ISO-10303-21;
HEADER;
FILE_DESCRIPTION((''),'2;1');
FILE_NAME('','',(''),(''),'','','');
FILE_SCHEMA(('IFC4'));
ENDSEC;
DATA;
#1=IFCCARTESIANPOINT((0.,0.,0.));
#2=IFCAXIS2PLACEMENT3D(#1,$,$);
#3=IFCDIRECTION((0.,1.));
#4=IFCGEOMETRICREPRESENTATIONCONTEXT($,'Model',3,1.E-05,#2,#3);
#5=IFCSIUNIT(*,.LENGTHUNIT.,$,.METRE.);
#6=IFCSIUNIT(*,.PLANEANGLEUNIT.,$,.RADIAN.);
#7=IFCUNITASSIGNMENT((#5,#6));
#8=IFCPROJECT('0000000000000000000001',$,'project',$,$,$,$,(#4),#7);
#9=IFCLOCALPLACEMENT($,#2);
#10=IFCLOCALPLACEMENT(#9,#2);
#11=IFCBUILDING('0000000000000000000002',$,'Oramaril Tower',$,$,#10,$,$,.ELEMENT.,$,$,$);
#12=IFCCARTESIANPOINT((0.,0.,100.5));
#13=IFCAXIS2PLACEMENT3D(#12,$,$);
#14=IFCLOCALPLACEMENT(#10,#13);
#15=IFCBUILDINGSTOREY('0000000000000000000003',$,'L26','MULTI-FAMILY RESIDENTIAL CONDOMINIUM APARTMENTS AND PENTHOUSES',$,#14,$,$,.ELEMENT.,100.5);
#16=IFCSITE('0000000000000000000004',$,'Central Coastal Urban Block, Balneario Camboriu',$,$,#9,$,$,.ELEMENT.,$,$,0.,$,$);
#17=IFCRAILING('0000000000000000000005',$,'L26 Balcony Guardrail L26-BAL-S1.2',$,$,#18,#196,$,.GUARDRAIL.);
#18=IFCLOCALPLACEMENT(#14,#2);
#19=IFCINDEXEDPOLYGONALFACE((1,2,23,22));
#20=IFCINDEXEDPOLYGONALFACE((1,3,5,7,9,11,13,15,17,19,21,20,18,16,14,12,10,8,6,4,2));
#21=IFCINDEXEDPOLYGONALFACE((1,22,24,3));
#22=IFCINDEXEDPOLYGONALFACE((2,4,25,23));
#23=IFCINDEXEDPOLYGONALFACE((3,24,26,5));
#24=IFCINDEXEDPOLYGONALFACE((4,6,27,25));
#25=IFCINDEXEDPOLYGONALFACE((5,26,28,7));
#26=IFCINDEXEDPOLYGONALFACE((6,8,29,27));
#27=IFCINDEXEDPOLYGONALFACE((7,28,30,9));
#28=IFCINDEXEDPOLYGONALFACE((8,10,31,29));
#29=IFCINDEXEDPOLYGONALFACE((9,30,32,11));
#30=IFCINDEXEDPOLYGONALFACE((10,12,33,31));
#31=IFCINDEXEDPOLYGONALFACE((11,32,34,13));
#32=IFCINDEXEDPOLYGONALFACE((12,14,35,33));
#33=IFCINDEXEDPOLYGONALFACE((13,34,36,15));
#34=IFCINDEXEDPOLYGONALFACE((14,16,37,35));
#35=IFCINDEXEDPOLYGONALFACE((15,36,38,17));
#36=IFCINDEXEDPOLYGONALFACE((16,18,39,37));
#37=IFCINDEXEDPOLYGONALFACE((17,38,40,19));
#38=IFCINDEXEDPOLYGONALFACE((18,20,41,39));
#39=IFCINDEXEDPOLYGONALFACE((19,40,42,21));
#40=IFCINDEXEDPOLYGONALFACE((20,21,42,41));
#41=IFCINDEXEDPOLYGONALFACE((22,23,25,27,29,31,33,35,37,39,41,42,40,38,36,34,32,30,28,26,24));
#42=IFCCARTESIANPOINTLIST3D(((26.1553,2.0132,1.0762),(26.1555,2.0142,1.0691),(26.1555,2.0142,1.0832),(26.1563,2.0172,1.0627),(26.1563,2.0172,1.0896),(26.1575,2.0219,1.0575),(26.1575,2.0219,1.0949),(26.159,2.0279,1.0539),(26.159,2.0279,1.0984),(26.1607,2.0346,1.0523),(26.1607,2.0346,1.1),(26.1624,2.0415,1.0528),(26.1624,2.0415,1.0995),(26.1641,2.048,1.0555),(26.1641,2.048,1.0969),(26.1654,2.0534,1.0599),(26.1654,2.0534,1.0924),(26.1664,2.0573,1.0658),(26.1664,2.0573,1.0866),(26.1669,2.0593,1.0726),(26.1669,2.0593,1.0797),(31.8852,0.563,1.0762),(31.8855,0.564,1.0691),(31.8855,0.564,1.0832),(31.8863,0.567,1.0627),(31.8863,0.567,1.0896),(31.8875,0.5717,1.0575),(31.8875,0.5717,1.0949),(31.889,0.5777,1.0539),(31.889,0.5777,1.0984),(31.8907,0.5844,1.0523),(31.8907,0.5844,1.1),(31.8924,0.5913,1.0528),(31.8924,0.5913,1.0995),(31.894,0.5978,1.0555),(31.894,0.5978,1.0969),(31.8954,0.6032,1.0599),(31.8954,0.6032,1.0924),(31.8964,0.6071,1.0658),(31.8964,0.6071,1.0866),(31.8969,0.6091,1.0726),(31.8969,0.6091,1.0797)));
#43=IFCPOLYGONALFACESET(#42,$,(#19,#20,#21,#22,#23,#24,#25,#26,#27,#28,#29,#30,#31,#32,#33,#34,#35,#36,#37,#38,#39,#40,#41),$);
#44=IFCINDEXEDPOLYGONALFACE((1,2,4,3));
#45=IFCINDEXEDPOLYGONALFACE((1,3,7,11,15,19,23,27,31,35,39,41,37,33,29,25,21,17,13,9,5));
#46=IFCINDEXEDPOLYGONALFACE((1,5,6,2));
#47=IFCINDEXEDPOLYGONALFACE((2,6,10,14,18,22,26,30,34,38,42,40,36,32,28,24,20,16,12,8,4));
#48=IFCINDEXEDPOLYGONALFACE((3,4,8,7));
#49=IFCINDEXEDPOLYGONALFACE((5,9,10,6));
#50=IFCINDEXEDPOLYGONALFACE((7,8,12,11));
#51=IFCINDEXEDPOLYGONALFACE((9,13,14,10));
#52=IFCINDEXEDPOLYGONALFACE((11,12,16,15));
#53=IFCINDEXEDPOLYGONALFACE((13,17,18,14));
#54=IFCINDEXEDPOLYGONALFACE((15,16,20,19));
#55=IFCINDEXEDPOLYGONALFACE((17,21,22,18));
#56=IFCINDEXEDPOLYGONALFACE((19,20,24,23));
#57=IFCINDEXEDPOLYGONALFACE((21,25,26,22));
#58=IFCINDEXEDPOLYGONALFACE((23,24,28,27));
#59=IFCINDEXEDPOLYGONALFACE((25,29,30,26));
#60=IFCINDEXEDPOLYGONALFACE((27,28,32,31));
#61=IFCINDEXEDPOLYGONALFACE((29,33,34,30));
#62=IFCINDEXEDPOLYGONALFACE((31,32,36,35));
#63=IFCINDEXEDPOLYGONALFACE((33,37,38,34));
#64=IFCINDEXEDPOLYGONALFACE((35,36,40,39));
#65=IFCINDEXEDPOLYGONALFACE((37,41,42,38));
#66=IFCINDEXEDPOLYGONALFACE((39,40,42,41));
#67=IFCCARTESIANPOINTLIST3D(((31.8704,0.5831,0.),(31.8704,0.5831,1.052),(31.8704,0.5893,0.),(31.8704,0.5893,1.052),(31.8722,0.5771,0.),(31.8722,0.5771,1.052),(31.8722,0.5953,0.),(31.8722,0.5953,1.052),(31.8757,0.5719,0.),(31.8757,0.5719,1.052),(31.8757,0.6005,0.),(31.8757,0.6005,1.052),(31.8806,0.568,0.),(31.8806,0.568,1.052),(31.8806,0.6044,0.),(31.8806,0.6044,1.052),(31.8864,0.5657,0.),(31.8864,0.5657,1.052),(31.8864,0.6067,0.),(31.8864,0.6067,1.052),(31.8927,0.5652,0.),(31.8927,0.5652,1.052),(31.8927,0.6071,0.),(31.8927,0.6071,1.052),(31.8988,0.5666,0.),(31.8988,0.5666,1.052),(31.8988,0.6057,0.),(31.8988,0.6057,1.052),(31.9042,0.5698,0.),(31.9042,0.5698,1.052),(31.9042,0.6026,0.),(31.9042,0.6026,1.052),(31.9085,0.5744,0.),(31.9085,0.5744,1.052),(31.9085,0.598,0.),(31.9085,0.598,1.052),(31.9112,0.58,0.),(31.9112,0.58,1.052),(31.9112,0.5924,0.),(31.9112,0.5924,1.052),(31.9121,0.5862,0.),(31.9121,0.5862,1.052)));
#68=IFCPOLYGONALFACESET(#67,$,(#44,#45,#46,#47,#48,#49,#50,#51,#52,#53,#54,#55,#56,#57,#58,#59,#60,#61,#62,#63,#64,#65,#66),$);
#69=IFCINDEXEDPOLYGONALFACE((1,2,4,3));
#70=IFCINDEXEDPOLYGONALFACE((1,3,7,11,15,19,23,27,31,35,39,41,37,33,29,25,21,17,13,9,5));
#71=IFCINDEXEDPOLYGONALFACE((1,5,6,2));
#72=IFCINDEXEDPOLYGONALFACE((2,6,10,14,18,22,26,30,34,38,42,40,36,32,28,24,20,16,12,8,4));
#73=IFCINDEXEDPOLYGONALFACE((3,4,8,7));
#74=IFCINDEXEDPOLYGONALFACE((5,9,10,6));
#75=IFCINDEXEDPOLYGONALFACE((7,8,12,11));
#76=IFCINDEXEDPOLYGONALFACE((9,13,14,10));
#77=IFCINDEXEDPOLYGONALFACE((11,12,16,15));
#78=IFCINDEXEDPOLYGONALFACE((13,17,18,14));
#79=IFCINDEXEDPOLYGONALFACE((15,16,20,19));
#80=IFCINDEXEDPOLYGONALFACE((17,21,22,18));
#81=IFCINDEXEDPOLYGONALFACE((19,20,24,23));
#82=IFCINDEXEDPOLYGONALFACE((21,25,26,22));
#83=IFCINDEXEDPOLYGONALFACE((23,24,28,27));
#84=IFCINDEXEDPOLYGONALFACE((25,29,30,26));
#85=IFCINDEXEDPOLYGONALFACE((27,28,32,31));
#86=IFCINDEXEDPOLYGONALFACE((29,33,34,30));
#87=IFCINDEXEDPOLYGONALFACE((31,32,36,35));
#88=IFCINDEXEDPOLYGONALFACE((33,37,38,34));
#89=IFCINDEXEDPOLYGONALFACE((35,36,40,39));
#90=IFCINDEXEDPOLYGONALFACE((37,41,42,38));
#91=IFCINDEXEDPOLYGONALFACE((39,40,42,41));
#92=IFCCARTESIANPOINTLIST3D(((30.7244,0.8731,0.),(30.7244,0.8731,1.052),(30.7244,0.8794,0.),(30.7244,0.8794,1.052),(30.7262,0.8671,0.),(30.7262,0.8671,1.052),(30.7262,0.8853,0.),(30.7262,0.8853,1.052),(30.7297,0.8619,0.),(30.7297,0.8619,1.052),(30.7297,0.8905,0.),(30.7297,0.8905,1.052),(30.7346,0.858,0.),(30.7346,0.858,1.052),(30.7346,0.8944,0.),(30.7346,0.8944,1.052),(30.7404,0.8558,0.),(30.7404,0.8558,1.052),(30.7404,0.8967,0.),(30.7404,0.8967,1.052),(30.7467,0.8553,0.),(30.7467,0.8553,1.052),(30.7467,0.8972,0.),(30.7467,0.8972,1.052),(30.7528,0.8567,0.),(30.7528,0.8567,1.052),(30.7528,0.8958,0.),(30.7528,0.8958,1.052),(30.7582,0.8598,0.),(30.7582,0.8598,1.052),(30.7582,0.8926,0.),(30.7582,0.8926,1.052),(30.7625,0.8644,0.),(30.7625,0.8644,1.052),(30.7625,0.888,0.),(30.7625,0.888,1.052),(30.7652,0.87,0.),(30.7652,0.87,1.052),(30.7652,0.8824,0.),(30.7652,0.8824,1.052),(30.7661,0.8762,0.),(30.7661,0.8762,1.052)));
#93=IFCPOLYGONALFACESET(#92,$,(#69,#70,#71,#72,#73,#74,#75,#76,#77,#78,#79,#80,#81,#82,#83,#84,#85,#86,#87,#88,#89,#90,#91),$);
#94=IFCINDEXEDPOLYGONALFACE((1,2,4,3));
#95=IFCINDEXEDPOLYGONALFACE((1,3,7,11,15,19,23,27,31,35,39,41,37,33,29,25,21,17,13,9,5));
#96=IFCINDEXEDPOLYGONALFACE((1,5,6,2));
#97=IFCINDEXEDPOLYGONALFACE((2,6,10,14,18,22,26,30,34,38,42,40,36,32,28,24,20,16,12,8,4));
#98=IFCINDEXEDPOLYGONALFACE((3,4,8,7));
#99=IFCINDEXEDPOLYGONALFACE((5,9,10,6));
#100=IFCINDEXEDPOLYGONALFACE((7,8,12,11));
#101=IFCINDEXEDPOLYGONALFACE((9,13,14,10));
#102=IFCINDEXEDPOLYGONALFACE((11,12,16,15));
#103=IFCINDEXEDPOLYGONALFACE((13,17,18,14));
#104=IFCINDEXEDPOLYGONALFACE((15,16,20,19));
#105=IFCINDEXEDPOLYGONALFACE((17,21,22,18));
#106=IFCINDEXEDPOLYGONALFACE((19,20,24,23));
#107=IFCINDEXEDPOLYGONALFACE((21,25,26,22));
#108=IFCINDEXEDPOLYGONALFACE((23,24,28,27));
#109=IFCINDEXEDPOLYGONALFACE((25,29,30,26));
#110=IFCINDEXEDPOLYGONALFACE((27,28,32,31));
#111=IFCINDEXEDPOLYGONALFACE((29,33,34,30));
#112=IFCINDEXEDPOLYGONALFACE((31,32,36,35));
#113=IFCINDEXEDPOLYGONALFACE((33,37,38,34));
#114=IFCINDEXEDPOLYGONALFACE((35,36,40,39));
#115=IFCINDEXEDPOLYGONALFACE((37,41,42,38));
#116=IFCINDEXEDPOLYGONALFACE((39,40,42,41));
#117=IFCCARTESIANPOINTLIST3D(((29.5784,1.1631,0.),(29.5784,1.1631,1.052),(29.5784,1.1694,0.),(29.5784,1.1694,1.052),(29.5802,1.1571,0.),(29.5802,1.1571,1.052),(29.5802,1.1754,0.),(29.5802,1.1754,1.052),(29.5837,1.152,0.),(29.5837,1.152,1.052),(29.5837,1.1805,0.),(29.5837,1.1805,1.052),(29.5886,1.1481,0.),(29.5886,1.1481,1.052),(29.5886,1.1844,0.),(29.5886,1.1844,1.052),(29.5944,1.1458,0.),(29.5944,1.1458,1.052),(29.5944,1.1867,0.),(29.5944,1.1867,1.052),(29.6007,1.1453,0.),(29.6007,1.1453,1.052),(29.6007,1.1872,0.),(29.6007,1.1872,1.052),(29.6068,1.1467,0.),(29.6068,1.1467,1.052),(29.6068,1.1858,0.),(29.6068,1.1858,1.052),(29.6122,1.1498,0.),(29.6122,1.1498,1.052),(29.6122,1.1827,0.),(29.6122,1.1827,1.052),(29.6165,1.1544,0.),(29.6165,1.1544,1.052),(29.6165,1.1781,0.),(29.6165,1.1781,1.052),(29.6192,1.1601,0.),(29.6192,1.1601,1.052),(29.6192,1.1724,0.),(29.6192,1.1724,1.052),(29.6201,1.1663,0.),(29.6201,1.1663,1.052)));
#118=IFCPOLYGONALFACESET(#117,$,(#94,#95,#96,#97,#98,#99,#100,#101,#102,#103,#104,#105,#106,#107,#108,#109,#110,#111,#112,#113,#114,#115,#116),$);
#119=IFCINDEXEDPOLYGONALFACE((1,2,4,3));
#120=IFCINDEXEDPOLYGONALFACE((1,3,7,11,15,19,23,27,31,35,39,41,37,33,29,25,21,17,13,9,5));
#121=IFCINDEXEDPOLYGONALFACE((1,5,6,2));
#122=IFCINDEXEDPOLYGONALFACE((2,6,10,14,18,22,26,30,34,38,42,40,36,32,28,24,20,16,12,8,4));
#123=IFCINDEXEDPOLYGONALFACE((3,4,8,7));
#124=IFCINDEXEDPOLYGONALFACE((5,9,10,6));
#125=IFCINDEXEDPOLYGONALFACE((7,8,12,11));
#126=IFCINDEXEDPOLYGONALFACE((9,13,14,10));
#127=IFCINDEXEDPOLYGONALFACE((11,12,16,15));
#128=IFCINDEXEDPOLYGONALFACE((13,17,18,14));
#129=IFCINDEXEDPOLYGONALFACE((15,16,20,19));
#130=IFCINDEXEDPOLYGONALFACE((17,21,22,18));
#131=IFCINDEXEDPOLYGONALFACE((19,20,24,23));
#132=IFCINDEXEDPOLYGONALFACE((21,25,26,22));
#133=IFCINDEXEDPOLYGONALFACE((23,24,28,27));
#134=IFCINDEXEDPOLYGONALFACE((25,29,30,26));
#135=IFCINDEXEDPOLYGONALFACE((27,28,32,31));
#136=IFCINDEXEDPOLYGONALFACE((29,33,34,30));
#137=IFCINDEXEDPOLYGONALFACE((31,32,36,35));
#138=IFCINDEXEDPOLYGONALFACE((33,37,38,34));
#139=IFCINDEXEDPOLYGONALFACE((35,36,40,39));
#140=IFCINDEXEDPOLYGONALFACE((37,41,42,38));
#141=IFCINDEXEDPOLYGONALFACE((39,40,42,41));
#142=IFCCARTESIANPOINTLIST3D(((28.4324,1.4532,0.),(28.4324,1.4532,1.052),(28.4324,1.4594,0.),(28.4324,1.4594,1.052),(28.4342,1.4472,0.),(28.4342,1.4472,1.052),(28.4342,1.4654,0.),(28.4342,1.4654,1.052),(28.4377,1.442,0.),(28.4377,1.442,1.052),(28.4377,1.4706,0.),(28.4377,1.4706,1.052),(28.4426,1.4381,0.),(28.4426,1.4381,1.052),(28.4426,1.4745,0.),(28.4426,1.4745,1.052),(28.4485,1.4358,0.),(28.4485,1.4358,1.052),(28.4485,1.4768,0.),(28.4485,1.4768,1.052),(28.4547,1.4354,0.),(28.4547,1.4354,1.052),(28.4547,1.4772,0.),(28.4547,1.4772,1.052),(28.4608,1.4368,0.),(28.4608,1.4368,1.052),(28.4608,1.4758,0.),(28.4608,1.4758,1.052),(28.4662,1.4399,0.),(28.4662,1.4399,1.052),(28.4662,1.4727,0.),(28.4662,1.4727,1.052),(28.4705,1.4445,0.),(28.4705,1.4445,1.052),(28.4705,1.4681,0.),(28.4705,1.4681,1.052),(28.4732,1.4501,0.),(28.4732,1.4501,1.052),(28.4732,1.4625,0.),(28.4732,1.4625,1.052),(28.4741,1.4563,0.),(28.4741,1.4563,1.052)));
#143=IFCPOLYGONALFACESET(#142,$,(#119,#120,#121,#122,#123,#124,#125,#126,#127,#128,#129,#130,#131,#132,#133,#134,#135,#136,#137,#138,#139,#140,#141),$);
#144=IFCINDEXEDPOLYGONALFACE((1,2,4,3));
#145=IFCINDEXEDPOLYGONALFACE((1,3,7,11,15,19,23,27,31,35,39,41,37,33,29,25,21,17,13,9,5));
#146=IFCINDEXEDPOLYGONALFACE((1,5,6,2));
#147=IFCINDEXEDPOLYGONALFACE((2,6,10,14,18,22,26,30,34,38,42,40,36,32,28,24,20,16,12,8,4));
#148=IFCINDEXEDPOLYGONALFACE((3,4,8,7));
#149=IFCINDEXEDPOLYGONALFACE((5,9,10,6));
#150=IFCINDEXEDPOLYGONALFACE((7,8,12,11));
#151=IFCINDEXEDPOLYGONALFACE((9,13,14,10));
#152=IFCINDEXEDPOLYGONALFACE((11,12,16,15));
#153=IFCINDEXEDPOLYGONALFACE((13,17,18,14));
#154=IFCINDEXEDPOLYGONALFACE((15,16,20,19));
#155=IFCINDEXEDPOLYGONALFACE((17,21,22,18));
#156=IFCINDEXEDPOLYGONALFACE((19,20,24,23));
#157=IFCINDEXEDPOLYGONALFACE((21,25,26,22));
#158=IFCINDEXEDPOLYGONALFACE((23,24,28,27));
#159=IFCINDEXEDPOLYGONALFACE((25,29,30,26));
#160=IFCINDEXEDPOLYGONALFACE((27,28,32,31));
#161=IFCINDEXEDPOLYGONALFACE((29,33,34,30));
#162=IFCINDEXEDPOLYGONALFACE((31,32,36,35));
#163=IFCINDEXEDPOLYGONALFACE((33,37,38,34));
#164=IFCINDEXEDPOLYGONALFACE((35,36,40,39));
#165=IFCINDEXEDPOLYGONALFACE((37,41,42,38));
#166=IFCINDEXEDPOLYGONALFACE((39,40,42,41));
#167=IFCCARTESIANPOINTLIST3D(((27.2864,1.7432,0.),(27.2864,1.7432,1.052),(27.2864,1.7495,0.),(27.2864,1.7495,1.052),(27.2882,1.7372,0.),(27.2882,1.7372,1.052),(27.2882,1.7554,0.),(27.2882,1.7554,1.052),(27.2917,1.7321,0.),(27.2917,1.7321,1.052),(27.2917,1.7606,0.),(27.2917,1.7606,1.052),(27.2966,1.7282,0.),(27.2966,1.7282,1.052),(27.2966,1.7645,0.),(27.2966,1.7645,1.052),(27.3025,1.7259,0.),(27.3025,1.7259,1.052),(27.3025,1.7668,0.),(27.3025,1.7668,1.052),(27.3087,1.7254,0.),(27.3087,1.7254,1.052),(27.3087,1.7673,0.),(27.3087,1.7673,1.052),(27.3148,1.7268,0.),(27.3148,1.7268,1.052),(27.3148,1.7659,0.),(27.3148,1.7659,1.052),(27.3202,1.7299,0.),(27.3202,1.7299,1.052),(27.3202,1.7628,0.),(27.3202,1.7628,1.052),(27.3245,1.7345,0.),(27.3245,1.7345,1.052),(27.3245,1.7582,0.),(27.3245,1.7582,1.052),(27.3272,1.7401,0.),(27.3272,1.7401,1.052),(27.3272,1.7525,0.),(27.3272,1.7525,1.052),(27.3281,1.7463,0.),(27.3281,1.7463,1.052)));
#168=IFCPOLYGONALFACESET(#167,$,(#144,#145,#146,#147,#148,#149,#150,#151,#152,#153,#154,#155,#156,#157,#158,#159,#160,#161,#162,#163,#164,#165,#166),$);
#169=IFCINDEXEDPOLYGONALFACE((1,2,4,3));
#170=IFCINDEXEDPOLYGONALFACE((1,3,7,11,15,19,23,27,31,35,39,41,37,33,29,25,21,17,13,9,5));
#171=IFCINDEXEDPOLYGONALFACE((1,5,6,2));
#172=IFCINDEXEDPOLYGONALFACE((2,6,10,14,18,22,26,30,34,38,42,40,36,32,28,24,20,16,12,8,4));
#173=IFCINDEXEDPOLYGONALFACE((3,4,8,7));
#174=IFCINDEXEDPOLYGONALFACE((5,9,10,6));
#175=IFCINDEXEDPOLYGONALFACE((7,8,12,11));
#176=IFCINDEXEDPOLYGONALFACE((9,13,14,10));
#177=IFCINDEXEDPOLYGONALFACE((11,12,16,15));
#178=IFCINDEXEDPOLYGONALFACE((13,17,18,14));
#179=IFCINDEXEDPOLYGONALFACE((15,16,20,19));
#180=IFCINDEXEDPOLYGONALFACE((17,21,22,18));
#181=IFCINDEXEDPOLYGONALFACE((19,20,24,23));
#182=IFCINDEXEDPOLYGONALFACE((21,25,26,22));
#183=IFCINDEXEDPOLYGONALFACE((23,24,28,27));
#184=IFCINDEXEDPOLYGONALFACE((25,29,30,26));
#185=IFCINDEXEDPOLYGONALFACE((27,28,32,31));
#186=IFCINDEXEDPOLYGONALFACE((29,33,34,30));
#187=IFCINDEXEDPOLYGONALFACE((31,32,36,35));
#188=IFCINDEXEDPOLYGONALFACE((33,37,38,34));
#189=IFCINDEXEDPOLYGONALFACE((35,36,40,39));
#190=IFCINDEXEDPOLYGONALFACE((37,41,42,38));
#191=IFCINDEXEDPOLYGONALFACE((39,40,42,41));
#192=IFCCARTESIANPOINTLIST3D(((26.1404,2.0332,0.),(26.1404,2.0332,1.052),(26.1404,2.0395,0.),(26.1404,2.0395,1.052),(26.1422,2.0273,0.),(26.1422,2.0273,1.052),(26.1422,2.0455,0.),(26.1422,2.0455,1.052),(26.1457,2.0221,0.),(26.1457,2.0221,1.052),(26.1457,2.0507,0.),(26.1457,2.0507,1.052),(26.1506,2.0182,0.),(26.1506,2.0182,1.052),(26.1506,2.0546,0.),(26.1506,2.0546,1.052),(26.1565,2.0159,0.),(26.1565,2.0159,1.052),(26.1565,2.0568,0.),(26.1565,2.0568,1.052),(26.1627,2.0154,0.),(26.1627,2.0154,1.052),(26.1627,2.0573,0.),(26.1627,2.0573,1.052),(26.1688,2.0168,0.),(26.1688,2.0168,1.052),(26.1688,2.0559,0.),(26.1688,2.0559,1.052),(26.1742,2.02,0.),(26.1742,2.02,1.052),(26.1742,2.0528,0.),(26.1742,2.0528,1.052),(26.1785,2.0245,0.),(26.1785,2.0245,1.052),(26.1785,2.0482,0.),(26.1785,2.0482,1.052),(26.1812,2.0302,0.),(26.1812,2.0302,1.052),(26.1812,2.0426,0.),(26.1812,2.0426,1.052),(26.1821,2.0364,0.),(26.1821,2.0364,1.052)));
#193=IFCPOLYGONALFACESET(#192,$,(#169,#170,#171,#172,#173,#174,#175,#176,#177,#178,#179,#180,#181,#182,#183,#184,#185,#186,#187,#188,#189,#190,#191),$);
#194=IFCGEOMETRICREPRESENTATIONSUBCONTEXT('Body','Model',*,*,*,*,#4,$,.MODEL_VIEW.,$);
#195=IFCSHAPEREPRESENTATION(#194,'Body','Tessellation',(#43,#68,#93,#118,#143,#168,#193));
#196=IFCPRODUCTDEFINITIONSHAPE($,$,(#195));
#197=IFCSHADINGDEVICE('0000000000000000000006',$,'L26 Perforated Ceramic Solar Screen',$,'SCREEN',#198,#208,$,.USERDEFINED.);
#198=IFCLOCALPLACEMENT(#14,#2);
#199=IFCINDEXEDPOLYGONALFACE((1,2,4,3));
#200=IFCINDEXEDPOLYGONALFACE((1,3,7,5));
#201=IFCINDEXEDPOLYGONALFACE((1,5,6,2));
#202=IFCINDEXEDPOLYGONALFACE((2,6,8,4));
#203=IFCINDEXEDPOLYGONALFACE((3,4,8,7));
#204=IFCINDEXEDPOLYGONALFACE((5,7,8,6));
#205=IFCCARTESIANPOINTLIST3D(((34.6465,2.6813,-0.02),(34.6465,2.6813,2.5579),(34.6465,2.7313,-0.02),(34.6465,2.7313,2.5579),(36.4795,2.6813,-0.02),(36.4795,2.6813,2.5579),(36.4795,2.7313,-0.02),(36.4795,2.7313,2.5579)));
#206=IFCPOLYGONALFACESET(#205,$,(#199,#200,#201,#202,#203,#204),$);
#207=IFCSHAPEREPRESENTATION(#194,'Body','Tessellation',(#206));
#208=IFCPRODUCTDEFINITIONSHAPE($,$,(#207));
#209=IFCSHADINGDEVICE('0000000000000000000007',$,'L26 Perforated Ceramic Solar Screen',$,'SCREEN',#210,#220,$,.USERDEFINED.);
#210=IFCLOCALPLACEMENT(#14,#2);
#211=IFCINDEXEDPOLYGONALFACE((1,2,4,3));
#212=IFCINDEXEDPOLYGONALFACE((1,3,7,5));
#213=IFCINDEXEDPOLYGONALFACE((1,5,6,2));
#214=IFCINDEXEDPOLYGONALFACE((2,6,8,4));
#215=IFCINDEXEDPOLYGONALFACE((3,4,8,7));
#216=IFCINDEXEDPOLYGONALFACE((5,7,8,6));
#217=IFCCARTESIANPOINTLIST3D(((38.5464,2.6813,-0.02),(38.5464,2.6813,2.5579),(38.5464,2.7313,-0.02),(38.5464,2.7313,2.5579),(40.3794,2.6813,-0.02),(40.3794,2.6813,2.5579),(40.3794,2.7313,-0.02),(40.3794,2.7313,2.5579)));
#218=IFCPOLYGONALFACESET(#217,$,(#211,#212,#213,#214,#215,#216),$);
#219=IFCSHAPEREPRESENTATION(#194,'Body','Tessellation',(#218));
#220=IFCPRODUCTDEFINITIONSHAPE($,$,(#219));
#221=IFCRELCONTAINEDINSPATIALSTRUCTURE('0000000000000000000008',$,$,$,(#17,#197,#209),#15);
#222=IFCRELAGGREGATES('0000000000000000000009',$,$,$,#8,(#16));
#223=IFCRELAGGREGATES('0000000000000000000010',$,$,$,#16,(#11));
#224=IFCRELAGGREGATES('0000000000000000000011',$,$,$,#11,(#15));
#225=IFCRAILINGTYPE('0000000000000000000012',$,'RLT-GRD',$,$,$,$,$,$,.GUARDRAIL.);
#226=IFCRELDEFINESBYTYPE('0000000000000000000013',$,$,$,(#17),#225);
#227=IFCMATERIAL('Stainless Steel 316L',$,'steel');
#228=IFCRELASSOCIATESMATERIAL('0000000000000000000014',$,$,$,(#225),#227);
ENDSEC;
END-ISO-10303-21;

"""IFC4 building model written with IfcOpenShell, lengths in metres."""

from ifc_helpers import new_model, si_unit, direction, frame, origin, origin_2d, place, context, subcontext, project, spatial, rectangle, circle, extrude, material, type_object, element, save


model = new_model("IFC4")

# Units and contexts
model_context = context("Model", 3, precision=1e-05, world=origin(), true_north=direction((0.0, 1.0)))
body_context = subcontext(model_context, "Body", "Model", "MODEL_VIEW")
ifc_project = project(units=[si_unit("LENGTHUNIT", "METRE"), si_unit("PLANEANGLEUNIT", "RADIAN")], contexts=[model_context])

# Site, building, storey
site_placement = place(None, origin())
site = spatial("IfcSite", under=ifc_project, at=site_placement, Name="Central Coastal Urban Block, Balneario Camboriu", CompositionType="ELEMENT", RefElevation=0.0)
building_placement = place(site_placement, origin())
building = spatial("IfcBuilding", under=site, at=building_placement, Name="Oramaril Tower", CompositionType="ELEMENT")
storey_placement = place(building_placement, frame((0.0, 0.0, 100.5)))
storey = spatial("IfcBuildingStorey", under=building, at=storey_placement, Name="L26", Description="MULTI-FAMILY RESIDENTIAL CONDOMINIUM APARTMENTS AND PENTHOUSES", CompositionType="ELEMENT", Elevation=100.5)

# Railing
ifc_material_1 = material(Name="Stainless Steel 316L", Category="steel")
railing_type = type_object("IfcRailingType", Name="RLT-GRD", PredefinedType="GUARDRAIL", material=ifc_material_1)
railing_1_placement = place(storey_placement, frame((31.8911, 0.5862, 0.0)))
element("IfcRailing", 1, at=railing_1_placement, inside=storey, type_object=railing_type, Name="L26 Balcony Guardrail L26-BAL-S1.2", PredefinedType="GUARDRAIL", context=body_context, shape_type="SweptSolid", body=[
    extrude(circle(Radius=0.0239, at=origin_2d()), frame((0.0, 0.0, 1.0762), z_axis=(-0.969434, 0.245353, 0.0), x_axis=(-0.245353, -0.969434, 0.0)), (0.0, 0.0, 1.0), 5.9106),
    extrude(circle(Radius=0.021, at=origin_2d()), origin(), (0.0, 0.0, 1.0), 1.052),
    extrude(circle(Radius=0.021, at=origin_2d()), frame((-1.146, 0.29, 0.0)), (0.0, 0.0, 1.0), 1.052),
    extrude(circle(Radius=0.021, at=origin_2d()), frame((-2.292, 0.5801, 0.0)), (0.0, 0.0, 1.0), 1.052),
    extrude(circle(Radius=0.021, at=origin_2d()), frame((-3.438, 0.8701, 0.0)), (0.0, 0.0, 1.0), 1.052),
    extrude(circle(Radius=0.021, at=origin_2d()), frame((-4.584, 1.1602, 0.0)), (0.0, 0.0, 1.0), 1.052),
    extrude(circle(Radius=0.021, at=origin_2d()), frame((-5.73, 1.4502, 0.0)), (0.0, 0.0, 1.0), 1.052),
])

# Shading devices
for number, where, z_axis, x_axis, name in (
    (2, (35.563, 2.7063, -0.02), (0.0, 0.0, 1.0), (1.0, 0.0, 0.0), "L26 Perforated Ceramic Solar Screen"),
    (3, (39.4629, 2.7063, -0.02), (0.0, 0.0, 1.0), (1.0, 0.0, 0.0), "L26 Perforated Ceramic Solar Screen"),
):
    element("IfcShadingDevice", number, at=place(storey_placement, frame(where, z_axis=z_axis, x_axis=x_axis)), inside=storey, Name=name, ObjectType="SCREEN", PredefinedType="USERDEFINED", context=body_context, shape_type="SweptSolid", body=[
        extrude(rectangle(XDim=1.833, YDim=0.05, at=origin_2d()), origin(), (0.0, 0.0, 1.0), 2.5779),
    ])

save(model, "model.ifc")
